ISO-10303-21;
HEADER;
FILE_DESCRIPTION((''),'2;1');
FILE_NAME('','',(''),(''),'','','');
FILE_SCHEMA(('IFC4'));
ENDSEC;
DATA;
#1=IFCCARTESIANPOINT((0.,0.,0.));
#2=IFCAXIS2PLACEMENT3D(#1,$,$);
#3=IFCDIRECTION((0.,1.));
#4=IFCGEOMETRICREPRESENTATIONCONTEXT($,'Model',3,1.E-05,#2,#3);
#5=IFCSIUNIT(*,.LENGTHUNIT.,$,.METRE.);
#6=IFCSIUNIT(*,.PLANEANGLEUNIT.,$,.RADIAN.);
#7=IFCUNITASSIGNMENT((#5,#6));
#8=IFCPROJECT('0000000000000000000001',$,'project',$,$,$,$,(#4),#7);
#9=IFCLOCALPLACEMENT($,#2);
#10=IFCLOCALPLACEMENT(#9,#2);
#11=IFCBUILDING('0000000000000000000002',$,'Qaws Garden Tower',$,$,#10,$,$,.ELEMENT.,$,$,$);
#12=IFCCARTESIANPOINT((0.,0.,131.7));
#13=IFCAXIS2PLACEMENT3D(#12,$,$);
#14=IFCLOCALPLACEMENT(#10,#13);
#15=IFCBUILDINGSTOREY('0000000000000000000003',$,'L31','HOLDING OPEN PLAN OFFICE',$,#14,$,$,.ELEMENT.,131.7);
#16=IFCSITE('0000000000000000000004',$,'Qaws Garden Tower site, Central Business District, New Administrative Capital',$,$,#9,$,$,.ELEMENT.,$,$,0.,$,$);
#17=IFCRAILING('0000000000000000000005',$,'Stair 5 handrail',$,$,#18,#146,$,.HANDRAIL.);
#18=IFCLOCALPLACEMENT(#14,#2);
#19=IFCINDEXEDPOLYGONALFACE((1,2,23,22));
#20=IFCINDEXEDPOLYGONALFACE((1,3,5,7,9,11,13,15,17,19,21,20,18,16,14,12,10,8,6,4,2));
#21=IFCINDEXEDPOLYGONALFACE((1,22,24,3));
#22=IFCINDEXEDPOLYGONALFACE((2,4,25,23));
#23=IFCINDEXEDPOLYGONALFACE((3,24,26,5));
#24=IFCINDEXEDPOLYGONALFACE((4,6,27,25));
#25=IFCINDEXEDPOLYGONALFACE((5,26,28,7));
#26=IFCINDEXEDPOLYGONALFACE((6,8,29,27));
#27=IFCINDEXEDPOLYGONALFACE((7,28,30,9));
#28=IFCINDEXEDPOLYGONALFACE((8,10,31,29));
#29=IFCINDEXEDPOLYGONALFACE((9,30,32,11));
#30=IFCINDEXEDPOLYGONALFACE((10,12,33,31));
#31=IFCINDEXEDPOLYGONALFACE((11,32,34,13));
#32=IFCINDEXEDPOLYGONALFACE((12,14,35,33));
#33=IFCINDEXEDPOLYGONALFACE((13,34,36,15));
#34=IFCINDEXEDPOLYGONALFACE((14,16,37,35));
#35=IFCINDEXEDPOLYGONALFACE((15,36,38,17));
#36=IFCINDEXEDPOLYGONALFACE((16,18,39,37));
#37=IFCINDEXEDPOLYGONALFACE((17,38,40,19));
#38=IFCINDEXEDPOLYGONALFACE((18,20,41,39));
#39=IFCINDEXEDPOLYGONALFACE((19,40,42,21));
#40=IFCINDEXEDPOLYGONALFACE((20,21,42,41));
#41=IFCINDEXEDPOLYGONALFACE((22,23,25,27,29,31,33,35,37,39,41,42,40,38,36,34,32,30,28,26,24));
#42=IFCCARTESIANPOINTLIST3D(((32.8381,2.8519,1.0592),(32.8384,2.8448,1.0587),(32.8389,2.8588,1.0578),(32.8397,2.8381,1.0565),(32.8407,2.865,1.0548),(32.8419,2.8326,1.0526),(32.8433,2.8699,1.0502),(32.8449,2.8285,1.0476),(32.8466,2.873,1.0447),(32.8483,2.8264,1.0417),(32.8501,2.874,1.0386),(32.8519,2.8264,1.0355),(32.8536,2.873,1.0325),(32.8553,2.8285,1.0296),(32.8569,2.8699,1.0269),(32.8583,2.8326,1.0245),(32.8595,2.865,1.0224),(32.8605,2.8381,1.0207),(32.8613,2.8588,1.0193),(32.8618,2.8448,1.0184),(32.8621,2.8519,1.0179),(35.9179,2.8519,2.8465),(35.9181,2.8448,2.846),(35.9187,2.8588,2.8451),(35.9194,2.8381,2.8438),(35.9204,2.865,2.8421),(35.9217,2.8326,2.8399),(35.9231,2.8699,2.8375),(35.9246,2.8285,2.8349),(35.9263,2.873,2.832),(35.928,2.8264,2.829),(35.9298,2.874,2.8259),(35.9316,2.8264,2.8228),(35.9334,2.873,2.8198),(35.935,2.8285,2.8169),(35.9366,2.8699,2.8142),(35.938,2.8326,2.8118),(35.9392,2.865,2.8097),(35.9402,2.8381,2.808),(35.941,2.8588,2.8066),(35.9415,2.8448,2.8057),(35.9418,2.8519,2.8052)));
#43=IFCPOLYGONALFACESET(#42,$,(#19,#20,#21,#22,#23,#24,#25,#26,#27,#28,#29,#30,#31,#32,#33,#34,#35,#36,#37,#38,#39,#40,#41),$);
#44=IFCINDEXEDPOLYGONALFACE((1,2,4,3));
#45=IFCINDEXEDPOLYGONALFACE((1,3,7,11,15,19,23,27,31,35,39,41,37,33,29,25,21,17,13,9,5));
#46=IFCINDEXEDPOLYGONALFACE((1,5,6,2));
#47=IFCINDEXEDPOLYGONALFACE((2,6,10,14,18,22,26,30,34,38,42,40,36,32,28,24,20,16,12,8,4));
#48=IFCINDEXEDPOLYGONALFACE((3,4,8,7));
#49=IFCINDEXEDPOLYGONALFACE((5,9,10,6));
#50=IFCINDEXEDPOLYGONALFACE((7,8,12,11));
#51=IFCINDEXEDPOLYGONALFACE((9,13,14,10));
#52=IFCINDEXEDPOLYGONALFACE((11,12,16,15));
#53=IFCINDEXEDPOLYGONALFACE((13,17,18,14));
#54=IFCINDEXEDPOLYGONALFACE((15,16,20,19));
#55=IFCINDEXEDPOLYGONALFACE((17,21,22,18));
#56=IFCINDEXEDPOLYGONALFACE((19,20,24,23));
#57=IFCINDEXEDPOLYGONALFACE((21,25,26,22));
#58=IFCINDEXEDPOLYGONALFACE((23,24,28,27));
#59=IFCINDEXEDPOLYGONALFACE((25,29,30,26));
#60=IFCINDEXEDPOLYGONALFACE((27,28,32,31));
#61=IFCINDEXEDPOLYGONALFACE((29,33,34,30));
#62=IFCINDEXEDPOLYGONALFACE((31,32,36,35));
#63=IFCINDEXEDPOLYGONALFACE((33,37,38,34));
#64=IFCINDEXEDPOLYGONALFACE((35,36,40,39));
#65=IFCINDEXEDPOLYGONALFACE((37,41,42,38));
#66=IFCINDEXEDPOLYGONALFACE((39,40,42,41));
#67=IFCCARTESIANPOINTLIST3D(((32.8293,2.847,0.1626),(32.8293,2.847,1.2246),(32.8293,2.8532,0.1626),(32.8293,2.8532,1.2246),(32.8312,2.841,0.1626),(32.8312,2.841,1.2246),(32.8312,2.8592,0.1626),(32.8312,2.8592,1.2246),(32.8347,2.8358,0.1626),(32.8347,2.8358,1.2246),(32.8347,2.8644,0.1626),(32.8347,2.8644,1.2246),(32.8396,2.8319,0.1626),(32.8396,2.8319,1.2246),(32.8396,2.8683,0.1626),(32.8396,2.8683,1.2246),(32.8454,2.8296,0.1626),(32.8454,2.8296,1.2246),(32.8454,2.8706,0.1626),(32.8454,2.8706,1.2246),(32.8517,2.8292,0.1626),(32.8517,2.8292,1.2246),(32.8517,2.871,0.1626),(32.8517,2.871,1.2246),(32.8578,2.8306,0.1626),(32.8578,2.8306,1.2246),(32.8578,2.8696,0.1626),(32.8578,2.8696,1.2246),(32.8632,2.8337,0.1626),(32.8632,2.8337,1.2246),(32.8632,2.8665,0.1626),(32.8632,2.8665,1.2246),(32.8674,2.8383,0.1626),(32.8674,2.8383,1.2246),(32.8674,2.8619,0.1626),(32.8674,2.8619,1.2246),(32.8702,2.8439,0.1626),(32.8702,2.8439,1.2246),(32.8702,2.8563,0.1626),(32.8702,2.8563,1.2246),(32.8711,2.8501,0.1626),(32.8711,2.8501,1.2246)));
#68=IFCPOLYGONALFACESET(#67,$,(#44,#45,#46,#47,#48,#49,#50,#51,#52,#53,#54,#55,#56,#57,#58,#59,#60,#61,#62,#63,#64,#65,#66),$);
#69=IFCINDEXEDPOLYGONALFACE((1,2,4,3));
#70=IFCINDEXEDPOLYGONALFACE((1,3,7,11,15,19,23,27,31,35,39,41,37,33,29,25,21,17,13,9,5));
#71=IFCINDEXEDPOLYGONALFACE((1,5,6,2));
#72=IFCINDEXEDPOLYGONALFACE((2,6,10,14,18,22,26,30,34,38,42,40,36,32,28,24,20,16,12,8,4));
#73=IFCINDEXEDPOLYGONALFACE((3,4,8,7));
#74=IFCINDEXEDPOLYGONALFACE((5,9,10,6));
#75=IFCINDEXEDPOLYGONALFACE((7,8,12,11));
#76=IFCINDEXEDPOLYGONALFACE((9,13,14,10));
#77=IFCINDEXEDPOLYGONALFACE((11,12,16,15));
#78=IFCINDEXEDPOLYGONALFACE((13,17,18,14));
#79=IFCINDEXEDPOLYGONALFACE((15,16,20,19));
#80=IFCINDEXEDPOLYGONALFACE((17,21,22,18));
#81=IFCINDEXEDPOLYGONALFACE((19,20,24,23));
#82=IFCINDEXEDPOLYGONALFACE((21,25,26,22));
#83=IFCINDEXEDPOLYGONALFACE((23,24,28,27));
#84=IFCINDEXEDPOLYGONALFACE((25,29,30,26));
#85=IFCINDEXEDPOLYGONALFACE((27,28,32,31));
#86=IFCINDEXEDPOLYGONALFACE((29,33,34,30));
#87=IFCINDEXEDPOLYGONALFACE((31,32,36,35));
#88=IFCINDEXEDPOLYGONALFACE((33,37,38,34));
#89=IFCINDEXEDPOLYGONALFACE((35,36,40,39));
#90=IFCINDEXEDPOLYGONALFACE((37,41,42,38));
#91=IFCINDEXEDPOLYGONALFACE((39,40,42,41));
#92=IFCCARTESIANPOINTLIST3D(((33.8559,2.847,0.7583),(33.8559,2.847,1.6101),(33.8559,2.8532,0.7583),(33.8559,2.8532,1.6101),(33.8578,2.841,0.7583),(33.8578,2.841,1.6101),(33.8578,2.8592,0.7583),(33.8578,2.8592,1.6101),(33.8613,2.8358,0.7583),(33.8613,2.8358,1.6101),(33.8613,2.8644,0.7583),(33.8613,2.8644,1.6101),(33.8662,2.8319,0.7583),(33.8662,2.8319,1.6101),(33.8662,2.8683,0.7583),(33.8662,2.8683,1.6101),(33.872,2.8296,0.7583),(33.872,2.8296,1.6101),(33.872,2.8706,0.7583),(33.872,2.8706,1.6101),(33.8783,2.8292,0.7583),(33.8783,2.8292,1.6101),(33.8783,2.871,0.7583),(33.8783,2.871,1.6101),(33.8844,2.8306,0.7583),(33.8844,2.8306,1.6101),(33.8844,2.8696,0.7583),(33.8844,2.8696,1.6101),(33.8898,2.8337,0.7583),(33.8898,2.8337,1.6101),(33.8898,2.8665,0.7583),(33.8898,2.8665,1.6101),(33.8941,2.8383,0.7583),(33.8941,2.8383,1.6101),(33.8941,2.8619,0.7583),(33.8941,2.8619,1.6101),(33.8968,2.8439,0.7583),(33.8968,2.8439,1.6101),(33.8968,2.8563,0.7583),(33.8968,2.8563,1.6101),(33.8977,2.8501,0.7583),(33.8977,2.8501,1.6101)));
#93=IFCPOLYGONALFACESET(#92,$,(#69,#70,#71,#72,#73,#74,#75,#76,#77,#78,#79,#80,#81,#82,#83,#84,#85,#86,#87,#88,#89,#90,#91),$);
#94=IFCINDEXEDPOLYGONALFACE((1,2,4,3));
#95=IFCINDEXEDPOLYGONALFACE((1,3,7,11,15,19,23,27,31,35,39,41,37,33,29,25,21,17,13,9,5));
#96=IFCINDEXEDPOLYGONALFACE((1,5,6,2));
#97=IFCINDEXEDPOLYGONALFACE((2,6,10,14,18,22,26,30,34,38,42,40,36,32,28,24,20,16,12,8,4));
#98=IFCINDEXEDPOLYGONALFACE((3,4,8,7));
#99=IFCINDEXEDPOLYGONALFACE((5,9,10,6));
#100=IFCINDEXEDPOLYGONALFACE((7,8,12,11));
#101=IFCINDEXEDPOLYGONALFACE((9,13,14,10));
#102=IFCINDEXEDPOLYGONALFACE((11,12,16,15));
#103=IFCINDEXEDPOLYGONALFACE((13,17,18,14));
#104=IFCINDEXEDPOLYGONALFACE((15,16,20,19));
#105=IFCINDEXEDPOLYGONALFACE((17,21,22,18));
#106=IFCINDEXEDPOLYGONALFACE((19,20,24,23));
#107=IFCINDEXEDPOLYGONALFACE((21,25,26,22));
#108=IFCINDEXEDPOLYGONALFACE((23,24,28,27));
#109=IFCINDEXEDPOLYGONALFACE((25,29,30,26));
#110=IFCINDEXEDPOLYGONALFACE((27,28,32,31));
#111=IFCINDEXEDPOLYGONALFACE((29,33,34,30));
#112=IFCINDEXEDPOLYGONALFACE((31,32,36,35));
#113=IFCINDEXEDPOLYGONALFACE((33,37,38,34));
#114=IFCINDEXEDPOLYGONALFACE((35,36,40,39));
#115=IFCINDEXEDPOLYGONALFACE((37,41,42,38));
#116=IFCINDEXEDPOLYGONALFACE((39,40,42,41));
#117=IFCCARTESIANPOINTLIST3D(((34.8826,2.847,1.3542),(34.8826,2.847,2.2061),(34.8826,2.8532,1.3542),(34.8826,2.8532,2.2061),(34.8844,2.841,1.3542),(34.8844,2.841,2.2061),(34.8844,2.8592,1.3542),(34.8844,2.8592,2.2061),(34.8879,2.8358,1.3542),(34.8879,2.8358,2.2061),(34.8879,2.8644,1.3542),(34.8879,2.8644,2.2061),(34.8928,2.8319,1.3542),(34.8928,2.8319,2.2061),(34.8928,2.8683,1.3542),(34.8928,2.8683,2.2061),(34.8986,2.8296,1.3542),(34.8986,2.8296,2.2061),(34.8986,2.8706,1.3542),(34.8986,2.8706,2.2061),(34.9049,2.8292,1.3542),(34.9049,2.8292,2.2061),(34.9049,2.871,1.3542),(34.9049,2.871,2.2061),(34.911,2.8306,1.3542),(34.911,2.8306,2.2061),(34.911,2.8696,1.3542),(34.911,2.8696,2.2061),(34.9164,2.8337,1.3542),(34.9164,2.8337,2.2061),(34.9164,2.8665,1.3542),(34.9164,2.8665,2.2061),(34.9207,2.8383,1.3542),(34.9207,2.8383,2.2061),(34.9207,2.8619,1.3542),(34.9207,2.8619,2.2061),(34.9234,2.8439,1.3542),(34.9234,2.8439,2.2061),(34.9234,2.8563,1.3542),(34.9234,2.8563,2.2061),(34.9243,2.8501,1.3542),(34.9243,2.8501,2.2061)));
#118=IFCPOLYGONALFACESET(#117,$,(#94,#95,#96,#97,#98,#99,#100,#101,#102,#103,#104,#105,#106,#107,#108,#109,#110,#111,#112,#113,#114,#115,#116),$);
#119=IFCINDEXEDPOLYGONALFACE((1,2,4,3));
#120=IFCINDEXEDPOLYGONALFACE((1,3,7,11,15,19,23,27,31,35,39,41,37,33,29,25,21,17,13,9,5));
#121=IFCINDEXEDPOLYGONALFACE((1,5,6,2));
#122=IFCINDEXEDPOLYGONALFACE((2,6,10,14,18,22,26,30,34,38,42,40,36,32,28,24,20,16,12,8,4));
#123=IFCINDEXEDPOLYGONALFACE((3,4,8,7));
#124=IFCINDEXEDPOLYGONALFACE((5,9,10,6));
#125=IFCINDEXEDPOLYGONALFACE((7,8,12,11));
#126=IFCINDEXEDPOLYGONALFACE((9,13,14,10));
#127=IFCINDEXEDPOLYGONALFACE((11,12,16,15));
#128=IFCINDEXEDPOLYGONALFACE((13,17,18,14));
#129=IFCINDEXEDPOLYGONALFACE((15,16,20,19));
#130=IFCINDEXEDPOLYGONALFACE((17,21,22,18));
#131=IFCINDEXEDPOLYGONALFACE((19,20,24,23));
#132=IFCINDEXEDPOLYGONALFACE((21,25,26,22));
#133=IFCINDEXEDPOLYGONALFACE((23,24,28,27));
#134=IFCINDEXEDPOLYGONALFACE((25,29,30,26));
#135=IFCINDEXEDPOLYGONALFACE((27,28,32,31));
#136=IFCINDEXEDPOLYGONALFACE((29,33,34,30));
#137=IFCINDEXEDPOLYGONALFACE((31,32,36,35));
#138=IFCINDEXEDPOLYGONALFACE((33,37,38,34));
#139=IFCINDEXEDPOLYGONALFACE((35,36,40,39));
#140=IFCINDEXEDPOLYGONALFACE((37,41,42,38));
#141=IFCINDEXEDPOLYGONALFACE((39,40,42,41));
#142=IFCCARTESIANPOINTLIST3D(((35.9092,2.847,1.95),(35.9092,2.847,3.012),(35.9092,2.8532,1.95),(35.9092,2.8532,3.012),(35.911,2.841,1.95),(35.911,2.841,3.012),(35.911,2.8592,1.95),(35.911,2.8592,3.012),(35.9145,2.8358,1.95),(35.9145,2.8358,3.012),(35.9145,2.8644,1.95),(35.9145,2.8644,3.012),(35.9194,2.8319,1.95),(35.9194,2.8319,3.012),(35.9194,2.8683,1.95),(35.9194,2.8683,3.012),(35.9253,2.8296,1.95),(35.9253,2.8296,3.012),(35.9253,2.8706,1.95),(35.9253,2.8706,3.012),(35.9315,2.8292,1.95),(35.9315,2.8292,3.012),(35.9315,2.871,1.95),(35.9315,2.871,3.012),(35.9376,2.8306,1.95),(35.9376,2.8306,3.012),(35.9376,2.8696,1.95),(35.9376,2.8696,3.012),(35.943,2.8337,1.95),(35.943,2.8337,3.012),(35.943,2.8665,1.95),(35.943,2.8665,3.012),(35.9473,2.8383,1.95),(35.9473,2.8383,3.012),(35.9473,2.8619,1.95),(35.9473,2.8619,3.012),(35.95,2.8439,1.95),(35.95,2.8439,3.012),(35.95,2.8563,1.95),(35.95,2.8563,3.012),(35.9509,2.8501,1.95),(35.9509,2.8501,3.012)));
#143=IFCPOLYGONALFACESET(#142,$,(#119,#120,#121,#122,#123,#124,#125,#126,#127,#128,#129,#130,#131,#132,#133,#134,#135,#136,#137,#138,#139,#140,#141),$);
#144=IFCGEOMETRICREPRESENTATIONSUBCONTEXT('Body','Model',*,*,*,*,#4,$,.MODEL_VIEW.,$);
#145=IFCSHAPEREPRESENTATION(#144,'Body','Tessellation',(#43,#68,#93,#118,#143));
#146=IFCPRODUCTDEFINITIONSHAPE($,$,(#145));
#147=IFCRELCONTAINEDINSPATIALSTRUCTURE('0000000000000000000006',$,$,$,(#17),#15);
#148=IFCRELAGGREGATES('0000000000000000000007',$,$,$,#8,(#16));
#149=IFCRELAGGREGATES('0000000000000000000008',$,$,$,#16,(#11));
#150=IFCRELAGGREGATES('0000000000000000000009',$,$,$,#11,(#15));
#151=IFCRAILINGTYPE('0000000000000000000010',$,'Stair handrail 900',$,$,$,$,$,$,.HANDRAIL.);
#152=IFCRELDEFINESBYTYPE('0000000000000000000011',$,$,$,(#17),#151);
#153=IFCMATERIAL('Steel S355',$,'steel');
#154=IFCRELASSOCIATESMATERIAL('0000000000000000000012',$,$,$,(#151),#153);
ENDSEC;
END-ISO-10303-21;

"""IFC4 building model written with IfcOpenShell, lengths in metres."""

from ifc_helpers import new_model, si_unit, direction, frame, origin, origin_2d, place, context, subcontext, project, spatial, circle, extrude, material, type_object, element, save


model = new_model("IFC4")

# Units and contexts
model_context = context("Model", 3, precision=1e-05, world=origin(), true_north=direction((0.0, 1.0)))
body_context = subcontext(model_context, "Body", "Model", "MODEL_VIEW")
ifc_project = project(units=[si_unit("LENGTHUNIT", "METRE"), si_unit("PLANEANGLEUNIT", "RADIAN")], contexts=[model_context])

# Site, building, storey
site_placement = place(None, origin())
site = spatial("IfcSite", under=ifc_project, at=site_placement, Name="Qaws Garden Tower site, Central Business District, New Administrative Capital", CompositionType="ELEMENT", RefElevation=0.0)
building_placement = place(site_placement, origin())
building = spatial("IfcBuilding", under=site, at=building_placement, Name="Qaws Garden Tower", CompositionType="ELEMENT")
storey_placement = place(building_placement, frame((0.0, 0.0, 131.7)))
storey = spatial("IfcBuildingStorey", under=building, at=storey_placement, Name="L31", Description="HOLDING OPEN PLAN OFFICE", CompositionType="ELEMENT", Elevation=131.7)

# Railing
ifc_material_1 = material(Name="Steel S355", Category="steel")
railing_type = type_object("IfcRailingType", Name="Stair handrail 900", PredefinedType="HANDRAIL", material=ifc_material_1)
railing_1_placement = place(storey_placement, frame((32.8501, 2.8501, 0.1626)))
element("IfcRailing", 1, at=railing_1_placement, inside=storey, type_object=railing_type, Name="Stair 5 handrail", PredefinedType="HANDRAIL", context=body_context, shape_type="SweptSolid", body=[
    extrude(circle(Radius=0.0239, at=origin_2d()), frame((0.0, 0.0, 0.876), z_axis=(0.864903, 0.0, 0.501939), x_axis=(0.0, 1.0, 0.0)), (0.0, 0.0, 1.0), 3.5608),
    extrude(circle(Radius=0.021, at=origin_2d()), origin(), (0.0, 0.0, 1.0), 1.062),
    extrude(circle(Radius=0.021, at=origin_2d()), frame((1.0266, 0.0, 0.5957)), (0.0, 0.0, 1.0), 0.8518),
    extrude(circle(Radius=0.021, at=origin_2d()), frame((2.0532, 0.0, 1.1917)), (0.0, 0.0, 1.0), 0.8518),
    extrude(circle(Radius=0.021, at=origin_2d()), frame((3.0798, 0.0, 1.7874)), (0.0, 0.0, 1.0), 1.062),
])

save(model, "model.ifc")
